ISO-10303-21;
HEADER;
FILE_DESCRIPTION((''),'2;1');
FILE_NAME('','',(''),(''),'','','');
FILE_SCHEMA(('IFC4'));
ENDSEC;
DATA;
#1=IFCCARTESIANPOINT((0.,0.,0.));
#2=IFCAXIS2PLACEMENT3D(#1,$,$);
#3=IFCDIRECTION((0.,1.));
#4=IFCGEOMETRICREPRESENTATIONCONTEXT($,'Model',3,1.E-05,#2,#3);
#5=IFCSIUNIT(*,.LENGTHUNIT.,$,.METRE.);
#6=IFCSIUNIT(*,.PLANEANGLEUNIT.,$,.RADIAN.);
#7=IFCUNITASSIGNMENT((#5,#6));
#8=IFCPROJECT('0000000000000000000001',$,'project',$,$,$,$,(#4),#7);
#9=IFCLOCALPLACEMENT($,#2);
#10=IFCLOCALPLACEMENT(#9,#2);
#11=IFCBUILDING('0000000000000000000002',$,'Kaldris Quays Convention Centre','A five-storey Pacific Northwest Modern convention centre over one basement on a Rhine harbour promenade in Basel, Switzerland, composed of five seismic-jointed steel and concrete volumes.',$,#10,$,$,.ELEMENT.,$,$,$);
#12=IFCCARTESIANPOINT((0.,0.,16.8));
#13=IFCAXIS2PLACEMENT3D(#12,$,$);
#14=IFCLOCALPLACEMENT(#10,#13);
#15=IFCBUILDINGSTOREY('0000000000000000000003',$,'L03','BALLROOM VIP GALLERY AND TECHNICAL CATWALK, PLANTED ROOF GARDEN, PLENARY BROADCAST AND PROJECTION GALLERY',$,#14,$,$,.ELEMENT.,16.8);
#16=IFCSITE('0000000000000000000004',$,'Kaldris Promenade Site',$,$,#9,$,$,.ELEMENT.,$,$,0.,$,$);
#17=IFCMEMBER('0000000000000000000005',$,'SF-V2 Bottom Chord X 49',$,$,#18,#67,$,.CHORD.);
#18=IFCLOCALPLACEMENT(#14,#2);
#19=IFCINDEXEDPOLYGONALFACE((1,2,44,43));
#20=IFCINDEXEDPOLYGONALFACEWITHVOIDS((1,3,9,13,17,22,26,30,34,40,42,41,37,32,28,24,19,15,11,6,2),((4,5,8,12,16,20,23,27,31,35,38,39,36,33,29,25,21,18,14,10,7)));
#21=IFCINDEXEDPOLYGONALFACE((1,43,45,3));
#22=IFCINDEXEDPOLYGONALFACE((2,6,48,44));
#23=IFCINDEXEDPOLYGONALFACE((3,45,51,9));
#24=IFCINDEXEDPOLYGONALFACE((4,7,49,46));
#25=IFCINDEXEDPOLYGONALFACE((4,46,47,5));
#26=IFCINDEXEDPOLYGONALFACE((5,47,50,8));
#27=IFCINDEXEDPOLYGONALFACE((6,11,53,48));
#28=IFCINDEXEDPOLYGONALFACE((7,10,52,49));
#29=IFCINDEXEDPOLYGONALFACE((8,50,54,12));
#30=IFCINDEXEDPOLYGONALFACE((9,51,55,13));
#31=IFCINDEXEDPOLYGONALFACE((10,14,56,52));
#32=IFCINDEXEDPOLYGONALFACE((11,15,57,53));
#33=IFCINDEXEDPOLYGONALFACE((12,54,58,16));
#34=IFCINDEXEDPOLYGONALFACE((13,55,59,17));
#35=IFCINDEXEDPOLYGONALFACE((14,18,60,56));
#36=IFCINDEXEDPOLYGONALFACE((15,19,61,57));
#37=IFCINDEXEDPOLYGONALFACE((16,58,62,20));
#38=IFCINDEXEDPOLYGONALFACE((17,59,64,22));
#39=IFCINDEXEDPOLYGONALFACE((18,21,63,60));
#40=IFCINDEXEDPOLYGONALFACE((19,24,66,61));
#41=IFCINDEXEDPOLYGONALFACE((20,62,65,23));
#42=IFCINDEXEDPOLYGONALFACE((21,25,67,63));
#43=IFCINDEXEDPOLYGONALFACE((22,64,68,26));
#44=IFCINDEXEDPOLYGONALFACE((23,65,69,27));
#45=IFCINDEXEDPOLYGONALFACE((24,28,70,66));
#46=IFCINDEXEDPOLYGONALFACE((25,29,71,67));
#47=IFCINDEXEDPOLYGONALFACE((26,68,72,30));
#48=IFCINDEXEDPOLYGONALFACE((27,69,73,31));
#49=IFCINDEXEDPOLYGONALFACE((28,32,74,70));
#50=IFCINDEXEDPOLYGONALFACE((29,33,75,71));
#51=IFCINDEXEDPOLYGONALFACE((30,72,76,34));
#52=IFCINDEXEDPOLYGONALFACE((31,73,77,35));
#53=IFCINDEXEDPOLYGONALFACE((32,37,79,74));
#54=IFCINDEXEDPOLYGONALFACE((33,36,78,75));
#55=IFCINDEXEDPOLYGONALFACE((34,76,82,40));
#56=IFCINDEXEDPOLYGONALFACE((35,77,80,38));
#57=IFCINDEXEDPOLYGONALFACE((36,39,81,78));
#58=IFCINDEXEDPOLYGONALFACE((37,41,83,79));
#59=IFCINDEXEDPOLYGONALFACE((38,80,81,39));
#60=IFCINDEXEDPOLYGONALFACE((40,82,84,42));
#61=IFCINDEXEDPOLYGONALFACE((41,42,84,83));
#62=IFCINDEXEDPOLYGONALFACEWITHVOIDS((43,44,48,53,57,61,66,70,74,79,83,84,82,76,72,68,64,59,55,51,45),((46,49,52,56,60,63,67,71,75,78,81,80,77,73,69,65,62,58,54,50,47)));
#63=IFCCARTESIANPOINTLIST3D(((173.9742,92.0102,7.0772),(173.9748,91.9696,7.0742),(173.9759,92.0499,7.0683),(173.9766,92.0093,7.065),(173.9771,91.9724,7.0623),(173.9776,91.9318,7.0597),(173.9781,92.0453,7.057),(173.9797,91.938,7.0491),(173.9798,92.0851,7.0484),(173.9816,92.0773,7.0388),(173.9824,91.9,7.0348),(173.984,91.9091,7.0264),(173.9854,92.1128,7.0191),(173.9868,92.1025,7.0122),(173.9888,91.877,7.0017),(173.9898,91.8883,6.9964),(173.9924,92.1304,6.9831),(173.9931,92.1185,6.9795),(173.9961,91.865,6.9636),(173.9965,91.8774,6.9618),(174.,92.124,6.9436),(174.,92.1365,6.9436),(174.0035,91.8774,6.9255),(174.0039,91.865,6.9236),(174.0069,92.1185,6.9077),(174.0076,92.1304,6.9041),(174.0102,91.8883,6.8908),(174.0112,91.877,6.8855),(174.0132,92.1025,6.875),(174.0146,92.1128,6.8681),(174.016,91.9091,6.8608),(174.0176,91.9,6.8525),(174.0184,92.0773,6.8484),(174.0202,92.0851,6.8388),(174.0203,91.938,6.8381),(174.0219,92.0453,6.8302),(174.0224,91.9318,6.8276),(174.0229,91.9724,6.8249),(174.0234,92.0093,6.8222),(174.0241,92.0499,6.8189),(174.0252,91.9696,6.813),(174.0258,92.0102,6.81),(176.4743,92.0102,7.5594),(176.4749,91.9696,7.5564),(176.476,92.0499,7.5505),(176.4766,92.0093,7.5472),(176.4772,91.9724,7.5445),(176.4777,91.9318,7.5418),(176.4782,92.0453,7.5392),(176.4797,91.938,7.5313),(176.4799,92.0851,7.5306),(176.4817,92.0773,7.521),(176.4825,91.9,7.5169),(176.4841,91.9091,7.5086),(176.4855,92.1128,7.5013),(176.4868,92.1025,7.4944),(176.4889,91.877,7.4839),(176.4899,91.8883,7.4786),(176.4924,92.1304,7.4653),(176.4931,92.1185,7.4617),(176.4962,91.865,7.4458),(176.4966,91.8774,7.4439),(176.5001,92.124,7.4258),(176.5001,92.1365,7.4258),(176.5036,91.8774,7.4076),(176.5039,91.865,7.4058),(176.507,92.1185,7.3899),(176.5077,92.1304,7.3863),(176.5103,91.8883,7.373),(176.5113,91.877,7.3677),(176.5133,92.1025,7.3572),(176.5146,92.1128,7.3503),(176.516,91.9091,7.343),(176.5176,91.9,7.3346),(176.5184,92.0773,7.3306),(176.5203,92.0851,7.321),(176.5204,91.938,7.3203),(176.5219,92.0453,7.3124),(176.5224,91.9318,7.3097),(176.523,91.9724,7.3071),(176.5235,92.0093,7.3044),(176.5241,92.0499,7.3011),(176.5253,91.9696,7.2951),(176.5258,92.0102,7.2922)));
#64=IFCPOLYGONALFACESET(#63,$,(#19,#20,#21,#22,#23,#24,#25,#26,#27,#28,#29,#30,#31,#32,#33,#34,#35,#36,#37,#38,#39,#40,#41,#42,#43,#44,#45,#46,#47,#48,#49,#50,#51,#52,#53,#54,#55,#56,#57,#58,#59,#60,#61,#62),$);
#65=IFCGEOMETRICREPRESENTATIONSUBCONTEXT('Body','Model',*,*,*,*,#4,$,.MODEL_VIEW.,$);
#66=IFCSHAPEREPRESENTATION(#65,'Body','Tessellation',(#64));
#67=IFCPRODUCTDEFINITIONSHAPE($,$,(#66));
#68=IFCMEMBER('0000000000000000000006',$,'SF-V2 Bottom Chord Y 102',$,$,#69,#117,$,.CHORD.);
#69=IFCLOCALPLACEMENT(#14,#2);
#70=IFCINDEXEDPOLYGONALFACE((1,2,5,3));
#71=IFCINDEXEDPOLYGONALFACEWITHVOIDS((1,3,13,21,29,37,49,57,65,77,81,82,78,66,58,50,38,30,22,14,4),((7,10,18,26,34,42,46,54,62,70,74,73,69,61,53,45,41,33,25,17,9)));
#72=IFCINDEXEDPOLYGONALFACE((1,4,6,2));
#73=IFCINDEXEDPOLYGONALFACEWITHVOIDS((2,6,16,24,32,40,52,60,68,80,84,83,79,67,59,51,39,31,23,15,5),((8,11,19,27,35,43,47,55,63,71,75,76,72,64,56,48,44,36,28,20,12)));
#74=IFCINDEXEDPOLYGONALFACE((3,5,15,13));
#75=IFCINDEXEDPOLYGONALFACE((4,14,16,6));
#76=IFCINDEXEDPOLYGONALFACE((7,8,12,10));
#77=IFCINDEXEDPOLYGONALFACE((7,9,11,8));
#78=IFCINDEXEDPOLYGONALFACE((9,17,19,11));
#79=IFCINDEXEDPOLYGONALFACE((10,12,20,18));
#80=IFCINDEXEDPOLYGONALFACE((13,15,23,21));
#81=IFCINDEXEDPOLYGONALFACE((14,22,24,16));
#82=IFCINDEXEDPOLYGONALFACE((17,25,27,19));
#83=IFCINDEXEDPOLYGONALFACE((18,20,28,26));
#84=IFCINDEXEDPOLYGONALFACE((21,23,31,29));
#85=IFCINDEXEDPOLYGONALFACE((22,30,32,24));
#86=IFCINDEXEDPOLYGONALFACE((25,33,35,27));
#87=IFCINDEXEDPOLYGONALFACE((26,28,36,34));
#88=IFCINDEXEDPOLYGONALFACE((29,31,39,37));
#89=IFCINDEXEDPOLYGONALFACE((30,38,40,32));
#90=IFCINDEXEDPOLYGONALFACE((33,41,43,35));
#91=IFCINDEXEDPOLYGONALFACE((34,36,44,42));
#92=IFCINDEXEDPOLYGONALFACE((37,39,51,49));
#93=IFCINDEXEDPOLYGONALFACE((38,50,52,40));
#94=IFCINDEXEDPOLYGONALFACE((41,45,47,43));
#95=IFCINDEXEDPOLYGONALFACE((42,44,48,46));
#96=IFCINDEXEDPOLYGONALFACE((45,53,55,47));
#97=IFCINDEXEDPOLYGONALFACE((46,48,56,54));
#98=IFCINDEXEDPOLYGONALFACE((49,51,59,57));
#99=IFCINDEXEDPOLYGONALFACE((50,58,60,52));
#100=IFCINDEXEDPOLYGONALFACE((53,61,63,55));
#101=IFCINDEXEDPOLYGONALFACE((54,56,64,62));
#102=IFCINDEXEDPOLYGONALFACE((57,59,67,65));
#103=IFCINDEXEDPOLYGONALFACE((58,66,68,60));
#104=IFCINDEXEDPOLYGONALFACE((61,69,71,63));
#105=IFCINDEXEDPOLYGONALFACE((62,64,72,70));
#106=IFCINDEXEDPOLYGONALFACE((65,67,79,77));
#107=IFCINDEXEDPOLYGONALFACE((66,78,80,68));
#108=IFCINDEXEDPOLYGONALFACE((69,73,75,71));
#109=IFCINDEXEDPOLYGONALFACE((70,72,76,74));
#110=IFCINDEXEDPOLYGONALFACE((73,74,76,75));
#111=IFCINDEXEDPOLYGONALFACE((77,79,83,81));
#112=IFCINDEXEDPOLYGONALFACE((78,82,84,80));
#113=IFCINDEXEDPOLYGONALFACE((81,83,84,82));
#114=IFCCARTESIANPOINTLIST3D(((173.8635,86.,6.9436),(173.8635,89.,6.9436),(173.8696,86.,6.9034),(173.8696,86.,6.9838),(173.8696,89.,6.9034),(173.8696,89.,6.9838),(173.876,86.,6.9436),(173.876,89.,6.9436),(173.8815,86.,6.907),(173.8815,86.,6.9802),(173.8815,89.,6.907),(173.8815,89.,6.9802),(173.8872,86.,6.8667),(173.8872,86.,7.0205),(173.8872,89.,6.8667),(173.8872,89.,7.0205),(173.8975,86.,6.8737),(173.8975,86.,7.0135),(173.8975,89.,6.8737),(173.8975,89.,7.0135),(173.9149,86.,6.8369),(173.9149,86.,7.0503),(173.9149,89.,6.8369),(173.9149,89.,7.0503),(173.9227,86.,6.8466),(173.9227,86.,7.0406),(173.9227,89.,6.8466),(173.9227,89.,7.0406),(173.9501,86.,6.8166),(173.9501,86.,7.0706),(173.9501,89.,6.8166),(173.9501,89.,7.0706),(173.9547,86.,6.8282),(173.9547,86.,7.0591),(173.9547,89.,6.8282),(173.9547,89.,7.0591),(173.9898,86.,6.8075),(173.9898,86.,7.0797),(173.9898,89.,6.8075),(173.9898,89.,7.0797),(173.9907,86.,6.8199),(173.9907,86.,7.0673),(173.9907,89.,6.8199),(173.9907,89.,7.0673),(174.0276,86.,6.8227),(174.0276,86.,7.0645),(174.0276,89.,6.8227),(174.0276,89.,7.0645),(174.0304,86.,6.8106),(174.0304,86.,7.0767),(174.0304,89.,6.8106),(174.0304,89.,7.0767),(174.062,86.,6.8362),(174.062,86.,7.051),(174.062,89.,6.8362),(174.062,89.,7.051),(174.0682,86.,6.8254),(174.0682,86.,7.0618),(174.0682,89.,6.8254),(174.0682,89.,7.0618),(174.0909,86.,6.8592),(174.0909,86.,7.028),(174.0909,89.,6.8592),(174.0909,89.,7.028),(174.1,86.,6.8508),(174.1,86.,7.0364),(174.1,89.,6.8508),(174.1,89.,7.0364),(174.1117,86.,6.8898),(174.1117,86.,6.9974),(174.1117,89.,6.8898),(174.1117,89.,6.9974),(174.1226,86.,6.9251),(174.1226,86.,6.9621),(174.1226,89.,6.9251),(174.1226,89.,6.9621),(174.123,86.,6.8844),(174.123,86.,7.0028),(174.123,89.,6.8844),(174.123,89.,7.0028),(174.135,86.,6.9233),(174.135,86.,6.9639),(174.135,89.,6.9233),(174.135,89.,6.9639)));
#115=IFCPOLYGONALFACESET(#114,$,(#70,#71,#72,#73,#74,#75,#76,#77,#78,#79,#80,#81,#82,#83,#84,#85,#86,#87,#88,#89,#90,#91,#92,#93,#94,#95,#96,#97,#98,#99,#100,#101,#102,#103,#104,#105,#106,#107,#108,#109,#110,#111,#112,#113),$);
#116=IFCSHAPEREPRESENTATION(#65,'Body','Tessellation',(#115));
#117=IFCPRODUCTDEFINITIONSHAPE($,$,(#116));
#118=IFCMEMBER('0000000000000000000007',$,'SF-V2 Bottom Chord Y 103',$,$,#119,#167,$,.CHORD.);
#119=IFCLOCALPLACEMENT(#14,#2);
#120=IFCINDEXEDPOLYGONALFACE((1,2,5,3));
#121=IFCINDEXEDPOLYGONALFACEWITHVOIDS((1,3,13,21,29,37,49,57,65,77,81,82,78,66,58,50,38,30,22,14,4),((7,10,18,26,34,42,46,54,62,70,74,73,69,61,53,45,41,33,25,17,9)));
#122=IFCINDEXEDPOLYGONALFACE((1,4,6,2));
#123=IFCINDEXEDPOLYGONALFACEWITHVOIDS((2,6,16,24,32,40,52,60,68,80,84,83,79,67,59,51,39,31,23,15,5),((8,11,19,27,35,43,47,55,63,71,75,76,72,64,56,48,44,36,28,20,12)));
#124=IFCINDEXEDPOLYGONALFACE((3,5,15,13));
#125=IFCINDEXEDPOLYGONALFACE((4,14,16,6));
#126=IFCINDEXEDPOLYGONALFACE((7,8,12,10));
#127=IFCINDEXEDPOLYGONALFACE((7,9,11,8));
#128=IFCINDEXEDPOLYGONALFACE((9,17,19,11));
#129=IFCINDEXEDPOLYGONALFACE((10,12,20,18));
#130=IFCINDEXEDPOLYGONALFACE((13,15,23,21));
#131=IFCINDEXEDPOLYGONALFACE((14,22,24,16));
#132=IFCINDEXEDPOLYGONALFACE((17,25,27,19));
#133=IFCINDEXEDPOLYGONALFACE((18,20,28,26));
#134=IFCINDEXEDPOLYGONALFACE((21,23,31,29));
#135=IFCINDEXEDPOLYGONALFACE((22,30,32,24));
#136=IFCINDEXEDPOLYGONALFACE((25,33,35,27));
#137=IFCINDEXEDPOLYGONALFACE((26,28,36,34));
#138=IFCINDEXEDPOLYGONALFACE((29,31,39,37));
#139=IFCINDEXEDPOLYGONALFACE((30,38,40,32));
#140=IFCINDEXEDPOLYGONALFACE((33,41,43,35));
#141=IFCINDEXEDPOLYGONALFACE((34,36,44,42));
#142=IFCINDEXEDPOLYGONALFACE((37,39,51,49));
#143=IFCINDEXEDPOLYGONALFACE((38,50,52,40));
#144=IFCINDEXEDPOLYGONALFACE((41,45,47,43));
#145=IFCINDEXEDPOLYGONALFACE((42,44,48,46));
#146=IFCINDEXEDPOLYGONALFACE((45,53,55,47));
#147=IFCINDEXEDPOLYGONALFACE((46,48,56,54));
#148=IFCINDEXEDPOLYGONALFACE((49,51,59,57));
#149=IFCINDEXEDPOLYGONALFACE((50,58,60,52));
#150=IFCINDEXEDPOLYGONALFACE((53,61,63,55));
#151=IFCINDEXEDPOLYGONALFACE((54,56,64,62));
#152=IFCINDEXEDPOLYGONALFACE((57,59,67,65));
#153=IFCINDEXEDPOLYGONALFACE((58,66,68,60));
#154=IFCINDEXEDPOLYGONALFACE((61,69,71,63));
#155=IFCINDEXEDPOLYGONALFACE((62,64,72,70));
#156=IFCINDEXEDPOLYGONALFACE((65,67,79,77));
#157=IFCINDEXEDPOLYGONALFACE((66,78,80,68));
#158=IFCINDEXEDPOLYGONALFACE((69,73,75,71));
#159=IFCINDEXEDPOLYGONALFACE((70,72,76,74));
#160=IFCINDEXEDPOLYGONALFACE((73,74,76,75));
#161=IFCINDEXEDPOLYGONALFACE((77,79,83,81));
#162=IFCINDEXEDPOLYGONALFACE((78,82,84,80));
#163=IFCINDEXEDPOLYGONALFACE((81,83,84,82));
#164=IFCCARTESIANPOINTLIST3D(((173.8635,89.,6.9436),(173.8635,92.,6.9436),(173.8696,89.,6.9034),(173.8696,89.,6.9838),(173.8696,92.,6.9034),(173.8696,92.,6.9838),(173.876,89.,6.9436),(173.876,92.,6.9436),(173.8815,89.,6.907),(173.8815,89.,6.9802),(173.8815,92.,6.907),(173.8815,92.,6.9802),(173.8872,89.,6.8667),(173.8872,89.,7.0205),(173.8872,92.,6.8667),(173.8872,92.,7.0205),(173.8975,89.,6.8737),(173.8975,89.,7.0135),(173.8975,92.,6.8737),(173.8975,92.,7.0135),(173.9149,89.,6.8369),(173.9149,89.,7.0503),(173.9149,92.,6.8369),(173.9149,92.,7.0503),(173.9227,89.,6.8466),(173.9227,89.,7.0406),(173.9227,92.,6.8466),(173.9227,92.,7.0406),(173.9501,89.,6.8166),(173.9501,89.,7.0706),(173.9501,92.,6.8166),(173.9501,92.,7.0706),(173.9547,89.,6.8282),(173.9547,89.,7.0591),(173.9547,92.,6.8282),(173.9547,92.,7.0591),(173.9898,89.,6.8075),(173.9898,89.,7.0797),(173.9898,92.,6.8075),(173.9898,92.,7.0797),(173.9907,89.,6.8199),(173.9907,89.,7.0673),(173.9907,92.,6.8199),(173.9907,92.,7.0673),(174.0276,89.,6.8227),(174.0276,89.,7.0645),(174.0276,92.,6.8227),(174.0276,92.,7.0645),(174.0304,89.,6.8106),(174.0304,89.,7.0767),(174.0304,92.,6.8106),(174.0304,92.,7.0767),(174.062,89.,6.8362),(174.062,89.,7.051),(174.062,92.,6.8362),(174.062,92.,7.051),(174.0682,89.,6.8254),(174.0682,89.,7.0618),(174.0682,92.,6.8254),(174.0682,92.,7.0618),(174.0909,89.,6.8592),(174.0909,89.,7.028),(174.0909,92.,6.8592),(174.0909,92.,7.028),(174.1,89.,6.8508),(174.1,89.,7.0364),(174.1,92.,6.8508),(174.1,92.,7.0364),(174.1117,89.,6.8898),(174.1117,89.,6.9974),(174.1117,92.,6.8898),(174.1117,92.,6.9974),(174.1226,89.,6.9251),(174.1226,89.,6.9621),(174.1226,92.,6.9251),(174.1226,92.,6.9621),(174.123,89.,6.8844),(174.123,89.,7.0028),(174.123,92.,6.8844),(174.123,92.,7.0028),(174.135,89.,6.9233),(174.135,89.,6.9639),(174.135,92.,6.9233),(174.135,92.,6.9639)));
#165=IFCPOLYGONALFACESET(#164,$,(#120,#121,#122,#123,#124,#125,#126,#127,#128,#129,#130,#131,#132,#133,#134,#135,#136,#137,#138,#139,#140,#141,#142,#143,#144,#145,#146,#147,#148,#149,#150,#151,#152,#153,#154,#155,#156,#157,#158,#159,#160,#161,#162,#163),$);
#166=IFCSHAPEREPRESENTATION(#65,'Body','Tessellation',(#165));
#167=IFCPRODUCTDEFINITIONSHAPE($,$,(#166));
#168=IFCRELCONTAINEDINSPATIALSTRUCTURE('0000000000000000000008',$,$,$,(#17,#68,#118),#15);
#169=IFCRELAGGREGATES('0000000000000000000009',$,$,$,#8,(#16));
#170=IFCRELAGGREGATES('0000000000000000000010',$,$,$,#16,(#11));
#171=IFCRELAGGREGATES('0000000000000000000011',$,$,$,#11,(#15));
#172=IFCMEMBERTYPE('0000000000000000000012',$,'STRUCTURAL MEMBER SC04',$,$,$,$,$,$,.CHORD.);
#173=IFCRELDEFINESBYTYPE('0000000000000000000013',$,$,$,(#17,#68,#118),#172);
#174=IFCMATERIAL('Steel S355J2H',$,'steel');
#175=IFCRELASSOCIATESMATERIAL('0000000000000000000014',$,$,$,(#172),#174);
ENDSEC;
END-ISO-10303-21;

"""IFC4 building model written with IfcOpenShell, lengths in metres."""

from ifc_helpers import new_model, si_unit, direction, frame, origin, origin_2d, place, context, subcontext, project, spatial, hollow_circle, extrude, material, material_profile, profile_set, type_object, element, save


model = new_model("IFC4")

# Units and contexts
model_context = context("Model", 3, precision=1e-05, world=origin(), true_north=direction((0.0, 1.0)))
body_context = subcontext(model_context, "Body", "Model", "MODEL_VIEW")
ifc_project = project(units=[si_unit("LENGTHUNIT", "METRE"), si_unit("PLANEANGLEUNIT", "RADIAN")], contexts=[model_context])

# Site, building, storey
site_placement = place(None, origin())
site = spatial("IfcSite", under=ifc_project, at=site_placement, Name="Kaldris Promenade Site", CompositionType="ELEMENT", RefElevation=0.0)
building_placement = place(site_placement, origin())
building = spatial("IfcBuilding", under=site, at=building_placement, Name="Kaldris Quays Convention Centre", Description="A five-storey Pacific Northwest Modern convention centre over one basement on a Rhine harbour promenade in Basel, Switzerland, composed of five seismic-jointed steel and concrete volumes.", CompositionType="ELEMENT")
storey_placement = place(building_placement, frame((0.0, 0.0, 16.8)))
storey = spatial("IfcBuildingStorey", under=building, at=storey_placement, Name="L03", Description="BALLROOM VIP GALLERY AND TECHNICAL CATWALK, PLANTED ROOF GARDEN, PLENARY BROADCAST AND PROJECTION GALLERY", CompositionType="ELEMENT", Elevation=16.8)

# Members
ifc_material_1 = material(Name="Steel S355J2H", Category="steel")
ifc_material_profile_1 = material_profile(ifc_material_1, hollow_circle(Radius=0.1365, WallThickness=0.0125, at=origin_2d()), Name="CHS 273x12.5")
ifc_profile_set_1 = profile_set([ifc_material_profile_1], Name="Steel S355J2H")
member_type_1 = type_object("IfcMemberType", Name="STRUCTURAL MEMBER SC04", PredefinedType="CHORD", material=ifc_profile_set_1)
member_1_placement = place(storey_placement, frame((174.0, 92.0, 6.9436), z_axis=(0.981904, 0.0, 0.189381), x_axis=(0.0, 1.0, 0.0)))
element("IfcMember", 1, at=member_1_placement, inside=storey, type_object=member_type_1, Name="SF-V2 Bottom Chord X 49", PredefinedType="CHORD", context=body_context, shape_type="SweptSolid", body=[
    extrude(hollow_circle(Radius=0.1365, WallThickness=0.0125, at=origin_2d()), origin(), (0.0, 0.0, 1.0), 2.5461),
])
for number, where, z_axis, x_axis, name in (
    (2, (174.0, 86.0, 6.9436), (0.0, 1.0, 0.0), (-1.0, 0.0, 0.0), "SF-V2 Bottom Chord Y 102"),
    (3, (174.0, 89.0, 6.9436), (0.0, 1.0, 0.0), (-1.0, 0.0, 0.0), "SF-V2 Bottom Chord Y 103"),
):
    element("IfcMember", number, at=place(storey_placement, frame(where, z_axis=z_axis, x_axis=x_axis)), inside=storey, type_object=member_type_1, Name=name, PredefinedType="CHORD", context=body_context, shape_type="SweptSolid", body=[
        extrude(hollow_circle(Radius=0.1365, WallThickness=0.0125, at=origin_2d()), origin(), (0.0, 0.0, 1.0), 3.0),
    ])

save(model, "model.ifc")
